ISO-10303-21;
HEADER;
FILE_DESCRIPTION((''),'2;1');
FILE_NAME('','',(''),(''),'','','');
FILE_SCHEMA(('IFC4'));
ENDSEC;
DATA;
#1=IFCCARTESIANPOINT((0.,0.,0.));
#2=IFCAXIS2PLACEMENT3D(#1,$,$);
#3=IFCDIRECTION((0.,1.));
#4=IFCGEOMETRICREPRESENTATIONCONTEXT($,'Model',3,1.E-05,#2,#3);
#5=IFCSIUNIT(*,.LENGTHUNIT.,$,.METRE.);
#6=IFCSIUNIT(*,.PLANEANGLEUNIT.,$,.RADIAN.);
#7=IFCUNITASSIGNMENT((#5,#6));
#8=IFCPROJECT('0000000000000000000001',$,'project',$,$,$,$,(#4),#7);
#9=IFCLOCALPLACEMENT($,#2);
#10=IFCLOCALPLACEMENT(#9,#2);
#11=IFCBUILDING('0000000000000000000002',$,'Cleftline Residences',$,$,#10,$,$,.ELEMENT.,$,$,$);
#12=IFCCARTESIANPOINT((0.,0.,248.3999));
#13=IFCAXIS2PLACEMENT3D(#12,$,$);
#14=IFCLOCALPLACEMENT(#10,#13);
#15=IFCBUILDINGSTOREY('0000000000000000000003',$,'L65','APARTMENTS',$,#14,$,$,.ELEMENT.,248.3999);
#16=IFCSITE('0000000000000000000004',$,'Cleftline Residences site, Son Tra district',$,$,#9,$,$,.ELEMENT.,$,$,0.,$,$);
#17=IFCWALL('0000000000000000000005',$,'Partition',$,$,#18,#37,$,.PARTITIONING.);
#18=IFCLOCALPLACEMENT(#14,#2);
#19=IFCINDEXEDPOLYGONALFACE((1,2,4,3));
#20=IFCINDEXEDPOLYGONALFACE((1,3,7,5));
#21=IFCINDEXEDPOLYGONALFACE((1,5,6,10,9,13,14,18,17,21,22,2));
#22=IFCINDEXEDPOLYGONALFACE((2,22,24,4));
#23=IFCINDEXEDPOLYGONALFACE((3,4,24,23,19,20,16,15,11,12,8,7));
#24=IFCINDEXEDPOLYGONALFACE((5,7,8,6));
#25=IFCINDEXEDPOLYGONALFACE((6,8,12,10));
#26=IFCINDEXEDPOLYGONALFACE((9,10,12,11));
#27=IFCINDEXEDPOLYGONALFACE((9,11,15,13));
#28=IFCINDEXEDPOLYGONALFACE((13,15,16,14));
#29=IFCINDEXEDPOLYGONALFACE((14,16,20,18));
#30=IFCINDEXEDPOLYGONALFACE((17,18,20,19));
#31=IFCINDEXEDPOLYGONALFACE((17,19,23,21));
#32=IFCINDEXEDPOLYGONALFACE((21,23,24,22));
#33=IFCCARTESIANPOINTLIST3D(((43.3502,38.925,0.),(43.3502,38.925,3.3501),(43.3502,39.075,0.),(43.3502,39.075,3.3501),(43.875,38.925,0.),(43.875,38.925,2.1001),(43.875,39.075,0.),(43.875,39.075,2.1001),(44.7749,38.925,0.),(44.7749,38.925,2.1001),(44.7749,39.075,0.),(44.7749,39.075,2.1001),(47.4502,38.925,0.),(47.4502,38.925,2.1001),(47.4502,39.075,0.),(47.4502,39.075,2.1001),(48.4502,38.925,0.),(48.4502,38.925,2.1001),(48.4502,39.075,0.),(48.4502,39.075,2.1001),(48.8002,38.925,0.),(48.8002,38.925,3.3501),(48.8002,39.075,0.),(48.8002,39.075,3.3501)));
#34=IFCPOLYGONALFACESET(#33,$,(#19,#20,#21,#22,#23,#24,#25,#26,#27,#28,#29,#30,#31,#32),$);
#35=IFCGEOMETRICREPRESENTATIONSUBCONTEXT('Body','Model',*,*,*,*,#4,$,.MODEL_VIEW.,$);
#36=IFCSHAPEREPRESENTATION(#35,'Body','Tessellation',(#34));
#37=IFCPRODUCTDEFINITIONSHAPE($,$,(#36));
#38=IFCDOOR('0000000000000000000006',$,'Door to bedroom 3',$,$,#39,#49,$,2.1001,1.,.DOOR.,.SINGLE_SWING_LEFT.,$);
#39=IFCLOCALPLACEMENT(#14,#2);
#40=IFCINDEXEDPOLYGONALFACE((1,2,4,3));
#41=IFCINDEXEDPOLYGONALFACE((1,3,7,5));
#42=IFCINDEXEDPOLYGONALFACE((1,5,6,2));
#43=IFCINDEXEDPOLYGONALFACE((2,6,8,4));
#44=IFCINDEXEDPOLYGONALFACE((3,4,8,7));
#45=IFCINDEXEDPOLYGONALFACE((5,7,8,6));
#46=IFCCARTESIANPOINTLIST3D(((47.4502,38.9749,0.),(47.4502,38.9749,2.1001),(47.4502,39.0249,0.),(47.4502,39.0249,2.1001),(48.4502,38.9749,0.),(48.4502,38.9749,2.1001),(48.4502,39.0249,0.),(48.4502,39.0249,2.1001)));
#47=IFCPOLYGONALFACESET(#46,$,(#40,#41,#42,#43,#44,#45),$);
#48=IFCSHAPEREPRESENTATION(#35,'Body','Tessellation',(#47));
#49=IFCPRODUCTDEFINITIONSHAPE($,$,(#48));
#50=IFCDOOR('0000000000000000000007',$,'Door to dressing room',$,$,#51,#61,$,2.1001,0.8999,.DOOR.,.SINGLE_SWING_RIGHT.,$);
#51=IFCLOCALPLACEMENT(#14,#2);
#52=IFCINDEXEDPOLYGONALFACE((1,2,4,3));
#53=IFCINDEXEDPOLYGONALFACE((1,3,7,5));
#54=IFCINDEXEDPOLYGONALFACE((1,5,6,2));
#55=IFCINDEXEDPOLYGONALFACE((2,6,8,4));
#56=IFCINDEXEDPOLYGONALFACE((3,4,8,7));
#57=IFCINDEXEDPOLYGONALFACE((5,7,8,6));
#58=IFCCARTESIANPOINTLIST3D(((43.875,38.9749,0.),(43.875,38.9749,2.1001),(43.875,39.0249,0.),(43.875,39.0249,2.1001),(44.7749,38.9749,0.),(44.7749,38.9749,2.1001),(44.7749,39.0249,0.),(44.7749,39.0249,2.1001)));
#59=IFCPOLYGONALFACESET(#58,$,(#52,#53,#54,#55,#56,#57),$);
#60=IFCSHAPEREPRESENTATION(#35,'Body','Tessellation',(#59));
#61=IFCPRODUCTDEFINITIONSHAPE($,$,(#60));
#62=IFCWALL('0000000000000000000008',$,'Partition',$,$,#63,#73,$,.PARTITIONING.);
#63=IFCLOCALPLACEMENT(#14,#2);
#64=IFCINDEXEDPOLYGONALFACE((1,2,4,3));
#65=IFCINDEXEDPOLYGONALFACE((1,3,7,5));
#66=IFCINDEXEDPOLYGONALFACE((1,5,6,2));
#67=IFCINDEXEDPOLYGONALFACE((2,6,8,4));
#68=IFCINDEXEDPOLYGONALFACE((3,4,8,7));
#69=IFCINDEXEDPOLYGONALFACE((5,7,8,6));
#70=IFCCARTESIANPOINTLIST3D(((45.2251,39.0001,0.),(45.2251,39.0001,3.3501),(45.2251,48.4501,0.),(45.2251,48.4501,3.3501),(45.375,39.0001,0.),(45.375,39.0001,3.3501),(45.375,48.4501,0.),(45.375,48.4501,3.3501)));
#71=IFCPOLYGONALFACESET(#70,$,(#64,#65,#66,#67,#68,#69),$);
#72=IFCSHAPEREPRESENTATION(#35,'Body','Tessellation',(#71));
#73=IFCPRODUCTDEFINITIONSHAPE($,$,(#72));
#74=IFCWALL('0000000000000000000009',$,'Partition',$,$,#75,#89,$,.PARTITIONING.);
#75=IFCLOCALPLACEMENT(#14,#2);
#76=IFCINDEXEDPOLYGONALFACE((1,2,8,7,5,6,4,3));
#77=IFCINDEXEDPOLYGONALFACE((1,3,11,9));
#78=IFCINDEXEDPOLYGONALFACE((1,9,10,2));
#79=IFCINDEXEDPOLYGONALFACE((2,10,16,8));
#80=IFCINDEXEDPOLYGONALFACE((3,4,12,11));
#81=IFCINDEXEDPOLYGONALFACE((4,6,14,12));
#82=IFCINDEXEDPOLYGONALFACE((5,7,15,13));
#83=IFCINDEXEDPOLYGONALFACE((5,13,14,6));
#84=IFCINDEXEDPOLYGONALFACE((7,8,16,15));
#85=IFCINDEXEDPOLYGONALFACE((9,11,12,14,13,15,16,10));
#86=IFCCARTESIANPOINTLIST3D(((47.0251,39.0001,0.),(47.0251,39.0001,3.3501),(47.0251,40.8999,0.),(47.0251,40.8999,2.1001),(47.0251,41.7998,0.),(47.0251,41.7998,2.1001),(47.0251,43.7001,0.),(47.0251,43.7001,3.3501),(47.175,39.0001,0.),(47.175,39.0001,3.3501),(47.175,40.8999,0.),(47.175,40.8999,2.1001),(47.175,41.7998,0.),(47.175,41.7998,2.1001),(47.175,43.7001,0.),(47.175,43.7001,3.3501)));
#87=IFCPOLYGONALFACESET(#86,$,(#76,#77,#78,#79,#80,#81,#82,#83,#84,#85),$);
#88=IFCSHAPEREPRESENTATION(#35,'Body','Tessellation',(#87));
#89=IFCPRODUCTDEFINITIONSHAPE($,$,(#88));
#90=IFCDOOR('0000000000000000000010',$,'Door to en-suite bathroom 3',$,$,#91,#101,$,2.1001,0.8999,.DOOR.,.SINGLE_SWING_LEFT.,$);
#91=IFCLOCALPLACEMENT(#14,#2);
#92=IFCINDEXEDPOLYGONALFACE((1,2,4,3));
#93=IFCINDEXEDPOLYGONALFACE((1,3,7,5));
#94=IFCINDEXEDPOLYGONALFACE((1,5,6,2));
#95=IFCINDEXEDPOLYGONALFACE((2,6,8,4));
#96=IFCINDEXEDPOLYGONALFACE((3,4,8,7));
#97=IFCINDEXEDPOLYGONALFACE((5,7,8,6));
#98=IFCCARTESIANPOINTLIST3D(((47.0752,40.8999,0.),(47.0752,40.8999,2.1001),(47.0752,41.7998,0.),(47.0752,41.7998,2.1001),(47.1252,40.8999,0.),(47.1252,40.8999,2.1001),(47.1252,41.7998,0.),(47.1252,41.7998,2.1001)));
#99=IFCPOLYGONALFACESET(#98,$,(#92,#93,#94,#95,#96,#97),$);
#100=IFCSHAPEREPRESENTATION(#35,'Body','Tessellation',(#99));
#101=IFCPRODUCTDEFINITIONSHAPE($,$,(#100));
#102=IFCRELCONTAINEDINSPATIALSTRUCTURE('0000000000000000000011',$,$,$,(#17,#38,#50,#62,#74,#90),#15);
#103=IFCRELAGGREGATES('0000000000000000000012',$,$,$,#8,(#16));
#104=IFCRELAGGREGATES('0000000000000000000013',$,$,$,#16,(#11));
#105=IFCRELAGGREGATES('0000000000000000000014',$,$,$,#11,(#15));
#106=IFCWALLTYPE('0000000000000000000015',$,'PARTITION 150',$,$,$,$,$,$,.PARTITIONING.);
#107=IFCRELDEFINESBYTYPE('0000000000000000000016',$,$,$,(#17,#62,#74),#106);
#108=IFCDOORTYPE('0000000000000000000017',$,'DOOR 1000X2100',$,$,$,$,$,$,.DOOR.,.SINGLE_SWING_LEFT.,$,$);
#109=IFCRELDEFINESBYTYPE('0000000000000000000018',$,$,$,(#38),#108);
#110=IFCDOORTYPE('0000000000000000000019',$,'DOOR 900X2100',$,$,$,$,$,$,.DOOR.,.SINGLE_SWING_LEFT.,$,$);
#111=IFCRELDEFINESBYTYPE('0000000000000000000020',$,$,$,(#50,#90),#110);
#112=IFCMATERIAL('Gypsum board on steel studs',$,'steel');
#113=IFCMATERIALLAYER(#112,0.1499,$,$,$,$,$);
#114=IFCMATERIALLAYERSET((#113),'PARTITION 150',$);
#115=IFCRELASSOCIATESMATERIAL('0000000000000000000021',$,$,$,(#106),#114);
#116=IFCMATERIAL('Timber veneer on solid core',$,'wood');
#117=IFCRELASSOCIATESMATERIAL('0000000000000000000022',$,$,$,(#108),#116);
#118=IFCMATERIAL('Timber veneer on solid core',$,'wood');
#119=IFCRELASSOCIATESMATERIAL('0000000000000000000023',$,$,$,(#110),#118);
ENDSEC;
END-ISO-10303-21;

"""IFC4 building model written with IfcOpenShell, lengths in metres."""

from ifc_helpers import new_model, si_unit, direction, frame, frame_2d, origin, place, context, subcontext, project, spatial, rectangle, extrude, material, layer, layer_set, type_object, element, fill, save


model = new_model("IFC4")

# Units and contexts
model_context = context("Model", 3, precision=1e-05, world=origin(), true_north=direction((0.0, 1.0)))
body_context = subcontext(model_context, "Body", "Model", "MODEL_VIEW")
ifc_project = project(units=[si_unit("LENGTHUNIT", "METRE"), si_unit("PLANEANGLEUNIT", "RADIAN")], contexts=[model_context])

# Site, building, storey
site_placement = place(None, origin())
site = spatial("IfcSite", under=ifc_project, at=site_placement, Name="Cleftline Residences site, Son Tra district", CompositionType="ELEMENT", RefElevation=0.0)
building_placement = place(site_placement, origin())
building = spatial("IfcBuilding", under=site, at=building_placement, Name="Cleftline Residences", CompositionType="ELEMENT")
storey_placement = place(building_placement, frame((0.0, 0.0, 248.3999)))
storey = spatial("IfcBuildingStorey", under=building, at=storey_placement, Name="L65", Description="APARTMENTS", CompositionType="ELEMENT", Elevation=248.3999)

# Shared definitions
ifc_material_1 = material(Name="Gypsum board on steel studs", Category="steel")
ifc_layer_1 = layer(ifc_material_1, 0.1499)
ifc_layer_set_1 = layer_set([ifc_layer_1], Name="PARTITION 150")
wall_type = type_object("IfcWallType", Name="PARTITION 150", PredefinedType="PARTITIONING", material=ifc_layer_set_1)

# Wall, openings, doors
ifc_material_2 = material(Name="Timber veneer on solid core", Category="wood")
door_type_1 = type_object("IfcDoorType", Name="DOOR 1000X2100", OperationType="SINGLE_SWING_LEFT", PredefinedType="DOOR", material=ifc_material_2)
ifc_material_3 = material(Name="Timber veneer on solid core", Category="wood")
door_type_2 = type_object("IfcDoorType", Name="DOOR 900X2100", OperationType="SINGLE_SWING_LEFT", PredefinedType="DOOR", material=ifc_material_3)
wall_1_placement = place(storey_placement, frame((43.3501, 39.0, 0.0), z_axis=(0.0, 0.0, 1.0), x_axis=(1.0, 0.0, 0.0)))
wall_1 = element("IfcWall", 1, at=wall_1_placement, inside=storey, type_object=wall_type, Name="Partition", PredefinedType="PARTITIONING", context=body_context, shape_type="SweptSolid", body=[
    extrude(rectangle(XDim=5.45, YDim=0.1499, at=frame_2d((2.7251, 0.0))), origin(), (0.0, 0.0, 1.0), 3.3501),
])
opening_1_placement = place(wall_1_placement, frame((4.1001, 0.0, 0.0)))
opening_1 = element("IfcOpeningElement", 2, at=opening_1_placement, cuts=wall_1, PredefinedType="OPENING", context=body_context, shape_type="SweptSolid", body=[
    extrude(rectangle(XDim=1.0, YDim=2.1001, at=frame_2d((0.5, 1.05))), frame((0.0, 0.085, 0.0), z_axis=(0.0, -1.0, 0.0), x_axis=(1.0, 0.0, 0.0)), (0.0, 0.0, 1.0), 0.1699),
])
opening_2_placement = place(wall_1_placement, frame((0.5249, 0.0, 0.0)))
opening_2 = element("IfcOpeningElement", 3, at=opening_2_placement, cuts=wall_1, PredefinedType="OPENING", context=body_context, shape_type="SweptSolid", body=[
    extrude(rectangle(XDim=0.8999, YDim=2.1001, at=frame_2d((0.45, 1.05))), frame((0.0, 0.085, 0.0), z_axis=(0.0, -1.0, 0.0), x_axis=(1.0, 0.0, 0.0)), (0.0, 0.0, 1.0), 0.1699),
])
door_1_placement = place(opening_1_placement, origin())
door_1 = element("IfcDoor", 4, at=door_1_placement, inside=storey, type_object=door_type_1, Name="Door to bedroom 3", OperationType="SINGLE_SWING_LEFT", OverallHeight=2.1001, OverallWidth=1.0, PredefinedType="DOOR", context=body_context, shape_type="SweptSolid", body=[
    extrude(rectangle(XDim=1.0, YDim=2.1001, at=frame_2d((0.5, 1.05))), frame((0.0, 0.0249, 0.0), z_axis=(0.0, -1.0, 0.0), x_axis=(1.0, 0.0, 0.0)), (0.0, 0.0, 1.0), 0.05),
])
fill(opening_1, door_1)
door_2_placement = place(opening_2_placement, origin())
door_2 = element("IfcDoor", 5, at=door_2_placement, inside=storey, type_object=door_type_2, Name="Door to dressing room", OperationType="SINGLE_SWING_RIGHT", OverallHeight=2.1001, OverallWidth=0.8999, PredefinedType="DOOR", context=body_context, shape_type="SweptSolid", body=[
    extrude(rectangle(XDim=0.8999, YDim=2.1001, at=frame_2d((0.45, 1.05))), frame((0.0, 0.0249, 0.0), z_axis=(0.0, -1.0, 0.0), x_axis=(1.0, 0.0, 0.0)), (0.0, 0.0, 1.0), 0.05),
])
fill(opening_2, door_2)

# Wall
wall_2_placement = place(storey_placement, frame((45.3, 39.0, 0.0), z_axis=(0.0, 0.0, 1.0), x_axis=(0.0, 1.0, 0.0)))
element("IfcWall", 6, at=wall_2_placement, inside=storey, type_object=wall_type, Name="Partition", PredefinedType="PARTITIONING", context=body_context, shape_type="SweptSolid", body=[
    extrude(rectangle(XDim=9.45, YDim=0.1499, at=frame_2d((4.7251, 0.0))), origin(), (0.0, 0.0, 1.0), 3.3501),
])

# Wall, opening, door
wall_3_placement = place(storey_placement, frame((47.1001, 39.0, 0.0), z_axis=(0.0, 0.0, 1.0), x_axis=(0.0, 1.0, 0.0)))
wall_3 = element("IfcWall", 7, at=wall_3_placement, inside=storey, type_object=wall_type, Name="Partition", PredefinedType="PARTITIONING", context=body_context, shape_type="SweptSolid", body=[
    extrude(rectangle(XDim=4.7, YDim=0.1499, at=frame_2d((2.3501, 0.0))), origin(), (0.0, 0.0, 1.0), 3.3501),
])
opening_3_placement = place(wall_3_placement, frame((1.8999, 0.0, 0.0)))
opening_3 = element("IfcOpeningElement", 8, at=opening_3_placement, cuts=wall_3, PredefinedType="OPENING", context=body_context, shape_type="SweptSolid", body=[
    extrude(rectangle(XDim=0.8999, YDim=2.1001, at=frame_2d((0.45, 1.05))), frame((0.0, 0.085, 0.0), z_axis=(0.0, -1.0, 0.0), x_axis=(1.0, 0.0, 0.0)), (0.0, 0.0, 1.0), 0.1699),
])
door_3_placement = place(opening_3_placement, origin())
door_3 = element("IfcDoor", 9, at=door_3_placement, inside=storey, type_object=door_type_2, Name="Door to en-suite bathroom 3", OperationType="SINGLE_SWING_LEFT", OverallHeight=2.1001, OverallWidth=0.8999, PredefinedType="DOOR", context=body_context, shape_type="SweptSolid", body=[
    extrude(rectangle(XDim=0.8999, YDim=2.1001, at=frame_2d((0.45, 1.05))), frame((0.0, 0.0249, 0.0), z_axis=(0.0, -1.0, 0.0), x_axis=(1.0, 0.0, 0.0)), (0.0, 0.0, 1.0), 0.05),
])
fill(opening_3, door_3)

save(model, "model.ifc")
